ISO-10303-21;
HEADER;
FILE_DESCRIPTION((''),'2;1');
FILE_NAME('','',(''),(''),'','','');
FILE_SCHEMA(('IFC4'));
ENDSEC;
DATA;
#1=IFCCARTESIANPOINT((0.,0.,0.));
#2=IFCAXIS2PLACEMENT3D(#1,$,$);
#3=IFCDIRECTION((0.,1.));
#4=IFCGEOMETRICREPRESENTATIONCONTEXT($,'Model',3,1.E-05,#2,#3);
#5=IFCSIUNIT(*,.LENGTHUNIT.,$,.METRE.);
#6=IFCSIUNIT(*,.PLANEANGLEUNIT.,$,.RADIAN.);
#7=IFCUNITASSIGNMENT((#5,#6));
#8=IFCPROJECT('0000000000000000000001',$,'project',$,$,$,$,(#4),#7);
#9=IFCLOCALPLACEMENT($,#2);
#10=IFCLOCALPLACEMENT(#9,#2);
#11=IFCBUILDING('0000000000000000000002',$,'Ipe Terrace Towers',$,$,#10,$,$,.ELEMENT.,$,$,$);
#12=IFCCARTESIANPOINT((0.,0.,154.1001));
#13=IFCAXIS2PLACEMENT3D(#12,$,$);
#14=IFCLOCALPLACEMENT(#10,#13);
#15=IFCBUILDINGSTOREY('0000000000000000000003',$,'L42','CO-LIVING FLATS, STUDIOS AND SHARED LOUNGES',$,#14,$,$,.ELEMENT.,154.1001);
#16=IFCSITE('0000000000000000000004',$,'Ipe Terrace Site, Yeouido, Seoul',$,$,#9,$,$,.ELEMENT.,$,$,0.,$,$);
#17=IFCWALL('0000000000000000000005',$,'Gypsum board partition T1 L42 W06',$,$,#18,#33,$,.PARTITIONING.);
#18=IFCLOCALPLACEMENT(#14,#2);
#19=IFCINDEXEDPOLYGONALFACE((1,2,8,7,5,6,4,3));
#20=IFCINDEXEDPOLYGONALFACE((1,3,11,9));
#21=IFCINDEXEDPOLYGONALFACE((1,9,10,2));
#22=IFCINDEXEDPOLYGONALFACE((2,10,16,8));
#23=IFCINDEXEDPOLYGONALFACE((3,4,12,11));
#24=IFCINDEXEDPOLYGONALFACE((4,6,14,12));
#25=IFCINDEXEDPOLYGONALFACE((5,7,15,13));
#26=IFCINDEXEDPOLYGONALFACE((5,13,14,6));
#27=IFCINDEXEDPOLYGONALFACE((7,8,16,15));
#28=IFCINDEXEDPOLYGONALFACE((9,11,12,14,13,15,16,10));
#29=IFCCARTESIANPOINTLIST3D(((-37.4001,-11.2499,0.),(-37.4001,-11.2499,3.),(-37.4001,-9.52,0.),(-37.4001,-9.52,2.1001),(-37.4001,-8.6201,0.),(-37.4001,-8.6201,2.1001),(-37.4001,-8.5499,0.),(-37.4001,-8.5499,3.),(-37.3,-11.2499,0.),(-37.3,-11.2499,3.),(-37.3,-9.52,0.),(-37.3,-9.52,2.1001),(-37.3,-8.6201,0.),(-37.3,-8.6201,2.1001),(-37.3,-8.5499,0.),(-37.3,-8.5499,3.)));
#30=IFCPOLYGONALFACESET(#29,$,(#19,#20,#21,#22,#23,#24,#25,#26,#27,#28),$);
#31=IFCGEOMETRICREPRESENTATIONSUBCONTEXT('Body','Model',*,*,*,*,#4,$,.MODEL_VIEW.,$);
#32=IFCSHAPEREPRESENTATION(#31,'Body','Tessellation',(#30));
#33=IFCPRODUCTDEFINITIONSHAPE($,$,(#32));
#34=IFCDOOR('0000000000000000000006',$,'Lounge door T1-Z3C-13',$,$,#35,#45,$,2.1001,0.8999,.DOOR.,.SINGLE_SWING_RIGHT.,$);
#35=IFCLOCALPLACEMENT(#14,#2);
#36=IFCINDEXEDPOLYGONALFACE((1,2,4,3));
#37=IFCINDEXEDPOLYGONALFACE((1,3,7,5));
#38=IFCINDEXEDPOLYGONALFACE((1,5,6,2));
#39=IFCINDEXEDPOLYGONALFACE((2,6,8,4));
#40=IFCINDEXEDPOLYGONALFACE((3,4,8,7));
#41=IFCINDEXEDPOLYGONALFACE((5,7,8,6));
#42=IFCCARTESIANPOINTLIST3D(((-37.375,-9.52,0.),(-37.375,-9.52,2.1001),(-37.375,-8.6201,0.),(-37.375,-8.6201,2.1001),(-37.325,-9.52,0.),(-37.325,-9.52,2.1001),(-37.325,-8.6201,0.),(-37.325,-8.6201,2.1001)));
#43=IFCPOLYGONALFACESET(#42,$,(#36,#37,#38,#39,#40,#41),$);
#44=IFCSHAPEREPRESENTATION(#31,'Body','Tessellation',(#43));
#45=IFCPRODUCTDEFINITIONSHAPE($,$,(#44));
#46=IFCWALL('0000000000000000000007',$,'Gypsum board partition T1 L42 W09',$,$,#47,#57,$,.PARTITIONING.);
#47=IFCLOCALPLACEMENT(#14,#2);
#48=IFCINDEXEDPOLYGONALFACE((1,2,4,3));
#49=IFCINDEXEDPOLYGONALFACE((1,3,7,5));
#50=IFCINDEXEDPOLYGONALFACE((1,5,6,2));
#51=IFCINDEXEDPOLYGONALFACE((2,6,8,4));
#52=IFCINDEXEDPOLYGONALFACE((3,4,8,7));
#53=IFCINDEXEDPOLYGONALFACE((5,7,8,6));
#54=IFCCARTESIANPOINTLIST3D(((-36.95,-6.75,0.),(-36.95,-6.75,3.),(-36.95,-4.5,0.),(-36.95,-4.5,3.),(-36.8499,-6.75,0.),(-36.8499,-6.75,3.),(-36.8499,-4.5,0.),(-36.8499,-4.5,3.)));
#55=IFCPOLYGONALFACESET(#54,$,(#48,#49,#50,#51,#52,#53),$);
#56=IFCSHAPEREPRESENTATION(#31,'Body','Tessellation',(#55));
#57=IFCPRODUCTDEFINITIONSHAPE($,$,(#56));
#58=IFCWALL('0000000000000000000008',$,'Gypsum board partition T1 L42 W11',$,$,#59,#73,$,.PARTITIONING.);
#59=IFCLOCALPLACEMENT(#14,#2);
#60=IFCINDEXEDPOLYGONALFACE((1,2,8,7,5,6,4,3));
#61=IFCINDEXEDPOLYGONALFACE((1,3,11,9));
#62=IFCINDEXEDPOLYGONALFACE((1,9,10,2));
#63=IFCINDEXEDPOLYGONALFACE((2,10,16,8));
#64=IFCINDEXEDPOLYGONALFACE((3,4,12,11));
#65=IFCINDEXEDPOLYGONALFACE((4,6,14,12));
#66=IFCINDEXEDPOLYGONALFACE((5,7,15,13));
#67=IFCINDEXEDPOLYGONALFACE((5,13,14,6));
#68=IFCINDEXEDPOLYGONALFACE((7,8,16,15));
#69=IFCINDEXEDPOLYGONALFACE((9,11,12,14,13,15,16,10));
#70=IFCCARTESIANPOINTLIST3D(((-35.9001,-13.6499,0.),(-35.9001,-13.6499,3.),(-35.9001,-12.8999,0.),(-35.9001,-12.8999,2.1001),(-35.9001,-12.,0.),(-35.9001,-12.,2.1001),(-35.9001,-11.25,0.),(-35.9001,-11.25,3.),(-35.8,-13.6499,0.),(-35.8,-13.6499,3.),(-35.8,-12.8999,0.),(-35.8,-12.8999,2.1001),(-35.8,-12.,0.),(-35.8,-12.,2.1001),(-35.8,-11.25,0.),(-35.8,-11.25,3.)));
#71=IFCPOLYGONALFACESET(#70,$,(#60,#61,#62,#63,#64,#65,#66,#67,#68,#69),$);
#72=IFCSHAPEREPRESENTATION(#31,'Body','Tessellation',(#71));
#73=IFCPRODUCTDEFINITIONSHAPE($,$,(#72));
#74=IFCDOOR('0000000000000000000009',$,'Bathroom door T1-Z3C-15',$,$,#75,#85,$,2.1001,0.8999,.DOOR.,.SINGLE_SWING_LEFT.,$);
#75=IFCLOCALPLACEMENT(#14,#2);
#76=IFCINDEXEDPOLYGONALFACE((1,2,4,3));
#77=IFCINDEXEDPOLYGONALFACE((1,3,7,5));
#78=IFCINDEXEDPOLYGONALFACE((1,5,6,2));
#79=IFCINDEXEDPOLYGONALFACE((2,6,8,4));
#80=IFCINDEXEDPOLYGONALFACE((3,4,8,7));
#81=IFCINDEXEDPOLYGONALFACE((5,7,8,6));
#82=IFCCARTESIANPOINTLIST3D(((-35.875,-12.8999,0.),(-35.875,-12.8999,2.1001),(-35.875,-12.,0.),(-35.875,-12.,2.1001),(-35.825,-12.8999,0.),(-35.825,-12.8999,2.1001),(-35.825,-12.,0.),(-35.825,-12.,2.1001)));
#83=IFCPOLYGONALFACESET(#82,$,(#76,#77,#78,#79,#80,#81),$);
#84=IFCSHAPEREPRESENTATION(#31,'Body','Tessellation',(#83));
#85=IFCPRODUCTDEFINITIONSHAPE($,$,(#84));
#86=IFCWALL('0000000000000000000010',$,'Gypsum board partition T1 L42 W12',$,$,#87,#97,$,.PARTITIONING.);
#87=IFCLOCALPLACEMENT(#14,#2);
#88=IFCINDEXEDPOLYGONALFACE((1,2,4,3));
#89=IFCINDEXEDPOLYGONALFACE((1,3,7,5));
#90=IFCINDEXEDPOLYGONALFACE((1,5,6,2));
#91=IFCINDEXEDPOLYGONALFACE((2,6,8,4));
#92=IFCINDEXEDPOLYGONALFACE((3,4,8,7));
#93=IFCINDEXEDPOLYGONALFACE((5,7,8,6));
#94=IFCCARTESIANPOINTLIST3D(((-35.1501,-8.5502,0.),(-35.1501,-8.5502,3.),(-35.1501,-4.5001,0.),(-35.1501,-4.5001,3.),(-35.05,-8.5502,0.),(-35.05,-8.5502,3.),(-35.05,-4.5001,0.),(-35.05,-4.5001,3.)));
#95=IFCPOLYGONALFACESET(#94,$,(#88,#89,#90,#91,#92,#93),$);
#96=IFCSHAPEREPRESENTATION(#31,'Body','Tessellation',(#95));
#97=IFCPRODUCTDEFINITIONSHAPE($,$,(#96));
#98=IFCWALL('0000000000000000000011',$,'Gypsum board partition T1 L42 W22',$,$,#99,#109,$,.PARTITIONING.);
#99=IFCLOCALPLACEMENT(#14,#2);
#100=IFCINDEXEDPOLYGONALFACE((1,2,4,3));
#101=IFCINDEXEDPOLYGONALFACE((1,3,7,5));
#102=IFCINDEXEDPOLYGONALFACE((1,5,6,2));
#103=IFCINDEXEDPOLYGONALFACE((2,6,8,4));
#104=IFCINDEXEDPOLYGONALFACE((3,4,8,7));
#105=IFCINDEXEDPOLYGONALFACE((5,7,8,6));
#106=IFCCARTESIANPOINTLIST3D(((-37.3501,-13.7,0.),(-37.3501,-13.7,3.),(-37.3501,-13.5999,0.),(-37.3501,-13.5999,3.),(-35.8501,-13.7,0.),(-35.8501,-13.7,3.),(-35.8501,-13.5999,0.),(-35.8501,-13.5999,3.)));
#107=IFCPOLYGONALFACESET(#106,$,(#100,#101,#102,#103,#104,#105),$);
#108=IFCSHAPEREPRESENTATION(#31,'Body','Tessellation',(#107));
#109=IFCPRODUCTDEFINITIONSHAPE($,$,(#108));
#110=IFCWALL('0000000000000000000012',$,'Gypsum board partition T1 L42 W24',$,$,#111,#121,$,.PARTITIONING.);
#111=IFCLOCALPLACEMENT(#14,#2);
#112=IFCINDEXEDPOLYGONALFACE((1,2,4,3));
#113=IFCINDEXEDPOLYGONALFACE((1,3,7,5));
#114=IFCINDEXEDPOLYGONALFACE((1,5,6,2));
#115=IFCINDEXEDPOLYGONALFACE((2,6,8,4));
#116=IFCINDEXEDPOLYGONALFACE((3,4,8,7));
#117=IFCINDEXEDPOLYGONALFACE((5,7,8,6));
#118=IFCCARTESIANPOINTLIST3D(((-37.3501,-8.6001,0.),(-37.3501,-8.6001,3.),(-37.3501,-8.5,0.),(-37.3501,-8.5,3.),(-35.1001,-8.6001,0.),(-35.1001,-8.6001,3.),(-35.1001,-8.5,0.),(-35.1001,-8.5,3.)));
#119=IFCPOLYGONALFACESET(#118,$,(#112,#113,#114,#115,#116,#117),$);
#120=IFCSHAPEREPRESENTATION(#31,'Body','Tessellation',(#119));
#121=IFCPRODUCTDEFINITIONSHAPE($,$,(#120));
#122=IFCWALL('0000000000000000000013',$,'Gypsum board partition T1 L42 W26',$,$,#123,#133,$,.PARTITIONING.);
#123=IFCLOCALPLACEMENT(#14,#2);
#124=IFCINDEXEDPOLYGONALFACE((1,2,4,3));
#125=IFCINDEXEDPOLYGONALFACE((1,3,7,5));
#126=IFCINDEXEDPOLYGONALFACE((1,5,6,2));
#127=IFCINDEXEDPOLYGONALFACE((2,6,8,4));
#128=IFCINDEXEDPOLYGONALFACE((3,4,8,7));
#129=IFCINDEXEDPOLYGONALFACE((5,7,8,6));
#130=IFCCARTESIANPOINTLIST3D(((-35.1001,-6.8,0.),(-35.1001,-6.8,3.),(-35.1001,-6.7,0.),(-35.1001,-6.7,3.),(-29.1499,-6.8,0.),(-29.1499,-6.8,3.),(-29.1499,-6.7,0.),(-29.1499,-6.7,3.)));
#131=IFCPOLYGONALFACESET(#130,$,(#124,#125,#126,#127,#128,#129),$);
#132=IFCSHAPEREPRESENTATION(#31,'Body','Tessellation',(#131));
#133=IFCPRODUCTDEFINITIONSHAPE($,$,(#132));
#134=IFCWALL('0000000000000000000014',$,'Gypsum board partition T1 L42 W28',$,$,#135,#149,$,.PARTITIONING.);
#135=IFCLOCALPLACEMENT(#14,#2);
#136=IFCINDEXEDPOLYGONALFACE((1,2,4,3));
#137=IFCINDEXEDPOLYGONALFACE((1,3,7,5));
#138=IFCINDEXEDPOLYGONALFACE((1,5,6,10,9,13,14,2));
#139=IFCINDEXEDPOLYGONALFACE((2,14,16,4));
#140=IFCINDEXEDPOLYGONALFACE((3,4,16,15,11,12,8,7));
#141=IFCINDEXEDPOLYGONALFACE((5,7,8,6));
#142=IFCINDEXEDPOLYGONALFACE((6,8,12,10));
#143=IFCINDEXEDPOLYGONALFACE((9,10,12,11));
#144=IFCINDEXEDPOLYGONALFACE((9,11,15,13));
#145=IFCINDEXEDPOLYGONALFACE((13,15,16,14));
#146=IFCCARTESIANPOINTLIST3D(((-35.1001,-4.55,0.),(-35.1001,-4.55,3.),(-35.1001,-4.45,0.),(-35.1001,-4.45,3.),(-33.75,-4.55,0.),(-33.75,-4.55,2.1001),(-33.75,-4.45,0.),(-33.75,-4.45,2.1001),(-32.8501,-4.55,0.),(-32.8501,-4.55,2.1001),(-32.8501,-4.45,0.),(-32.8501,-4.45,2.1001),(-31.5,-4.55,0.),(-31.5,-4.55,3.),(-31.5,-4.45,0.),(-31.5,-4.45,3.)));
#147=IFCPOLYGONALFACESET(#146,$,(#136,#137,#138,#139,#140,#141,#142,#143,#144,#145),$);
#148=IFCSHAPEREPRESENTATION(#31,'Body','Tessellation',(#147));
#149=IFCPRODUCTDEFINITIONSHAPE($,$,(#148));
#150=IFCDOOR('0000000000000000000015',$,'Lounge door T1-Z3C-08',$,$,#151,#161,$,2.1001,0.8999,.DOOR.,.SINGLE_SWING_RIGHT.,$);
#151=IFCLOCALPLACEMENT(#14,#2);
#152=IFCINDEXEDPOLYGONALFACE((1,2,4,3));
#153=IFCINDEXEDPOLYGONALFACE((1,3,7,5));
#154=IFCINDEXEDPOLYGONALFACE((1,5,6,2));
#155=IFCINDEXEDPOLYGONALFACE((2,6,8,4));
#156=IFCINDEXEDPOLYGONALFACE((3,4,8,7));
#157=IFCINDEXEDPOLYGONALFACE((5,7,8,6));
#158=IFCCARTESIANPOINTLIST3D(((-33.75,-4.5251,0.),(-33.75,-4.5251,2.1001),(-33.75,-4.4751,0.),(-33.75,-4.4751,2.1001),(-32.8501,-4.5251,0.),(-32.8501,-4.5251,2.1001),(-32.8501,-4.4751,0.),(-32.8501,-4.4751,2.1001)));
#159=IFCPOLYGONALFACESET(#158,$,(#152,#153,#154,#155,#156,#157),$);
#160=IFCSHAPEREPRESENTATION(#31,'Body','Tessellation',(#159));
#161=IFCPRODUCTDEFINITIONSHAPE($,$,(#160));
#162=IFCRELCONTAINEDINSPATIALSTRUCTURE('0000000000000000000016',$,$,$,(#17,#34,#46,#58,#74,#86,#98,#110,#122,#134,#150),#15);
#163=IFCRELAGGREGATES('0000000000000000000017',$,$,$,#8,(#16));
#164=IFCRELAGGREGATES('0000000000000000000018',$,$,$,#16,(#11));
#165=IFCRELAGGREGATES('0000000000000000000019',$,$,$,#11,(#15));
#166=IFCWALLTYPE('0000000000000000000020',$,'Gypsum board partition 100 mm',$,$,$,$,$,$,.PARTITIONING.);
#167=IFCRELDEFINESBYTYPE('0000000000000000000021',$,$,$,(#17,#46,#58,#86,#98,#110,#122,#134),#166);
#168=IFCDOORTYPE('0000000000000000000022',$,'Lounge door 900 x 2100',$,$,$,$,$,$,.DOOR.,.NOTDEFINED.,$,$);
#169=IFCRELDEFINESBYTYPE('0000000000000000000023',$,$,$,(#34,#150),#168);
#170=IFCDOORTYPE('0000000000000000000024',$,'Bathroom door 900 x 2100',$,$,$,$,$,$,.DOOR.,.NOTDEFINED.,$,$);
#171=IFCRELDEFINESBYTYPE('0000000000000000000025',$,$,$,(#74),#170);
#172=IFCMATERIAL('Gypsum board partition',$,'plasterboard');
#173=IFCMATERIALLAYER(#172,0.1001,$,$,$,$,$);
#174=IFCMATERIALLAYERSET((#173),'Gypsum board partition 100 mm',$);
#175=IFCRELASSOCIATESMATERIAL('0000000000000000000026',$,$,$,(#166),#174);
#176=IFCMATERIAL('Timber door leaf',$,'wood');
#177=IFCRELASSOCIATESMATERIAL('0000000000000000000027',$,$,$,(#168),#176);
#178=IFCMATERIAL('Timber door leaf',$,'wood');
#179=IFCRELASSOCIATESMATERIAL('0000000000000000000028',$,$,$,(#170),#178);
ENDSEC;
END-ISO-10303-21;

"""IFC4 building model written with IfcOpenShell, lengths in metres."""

from ifc_helpers import new_model, si_unit, direction, frame, frame_2d, origin, place, context, subcontext, project, spatial, rectangle, extrude, material, layer, layer_set, type_object, element, fill, save


model = new_model("IFC4")

# Units and contexts
model_context = context("Model", 3, precision=1e-05, world=origin(), true_north=direction((0.0, 1.0)))
body_context = subcontext(model_context, "Body", "Model", "MODEL_VIEW")
ifc_project = project(units=[si_unit("LENGTHUNIT", "METRE"), si_unit("PLANEANGLEUNIT", "RADIAN")], contexts=[model_context])

# Site, building, storey
site_placement = place(None, origin())
site = spatial("IfcSite", under=ifc_project, at=site_placement, Name="Ipe Terrace Site, Yeouido, Seoul", CompositionType="ELEMENT", RefElevation=0.0)
building_placement = place(site_placement, origin())
building = spatial("IfcBuilding", under=site, at=building_placement, Name="Ipe Terrace Towers", CompositionType="ELEMENT")
storey_placement = place(building_placement, frame((0.0, 0.0, 154.1001)))
storey = spatial("IfcBuildingStorey", under=building, at=storey_placement, Name="L42", Description="CO-LIVING FLATS, STUDIOS AND SHARED LOUNGES", CompositionType="ELEMENT", Elevation=154.1001)

# Shared definitions
ifc_material_1 = material(Name="Gypsum board partition", Category="plasterboard")
ifc_layer_1 = layer(ifc_material_1, 0.1001)
ifc_layer_set_1 = layer_set([ifc_layer_1], Name="Gypsum board partition 100 mm")
wall_type_1 = type_object("IfcWallType", Name="Gypsum board partition 100 mm", PredefinedType="PARTITIONING", material=ifc_layer_set_1)
ifc_material_2 = material(Name="Timber door leaf", Category="wood")
door_type_1 = type_object("IfcDoorType", Name="Lounge door 900 x 2100", OperationType="NOTDEFINED", PredefinedType="DOOR", material=ifc_material_2)

# Wall, opening, door
wall_1_placement = place(storey_placement, frame((-37.3501, -11.25, 0.0), z_axis=(0.0, 0.0, 1.0), x_axis=(0.0, 1.0, 0.0)))
wall_1 = element("IfcWall", 1, at=wall_1_placement, inside=storey, type_object=wall_type_1, Name="Gypsum board partition T1 L42 W06", PredefinedType="PARTITIONING", context=body_context, shape_type="SweptSolid", body=[
    extrude(rectangle(XDim=2.7, YDim=0.1001, at=frame_2d((1.3501, 0.0))), origin(), (0.0, 0.0, 1.0), 3.0),
])
opening_1_placement = place(wall_1_placement, frame((1.73, 0.0, 0.0)))
opening_1 = element("IfcOpeningElement", 2, at=opening_1_placement, cuts=wall_1, PredefinedType="OPENING", context=body_context, shape_type="SweptSolid", body=[
    extrude(rectangle(XDim=0.8999, YDim=2.1001, at=frame_2d((0.45, 1.05))), frame((0.0, 0.0601, 0.0), z_axis=(0.0, -1.0, 0.0), x_axis=(1.0, 0.0, 0.0)), (0.0, 0.0, 1.0), 0.1201),
])
door_1_placement = place(opening_1_placement, origin())
door_1 = element("IfcDoor", 3, at=door_1_placement, inside=storey, type_object=door_type_1, Name="Lounge door T1-Z3C-13", OperationType="SINGLE_SWING_RIGHT", OverallHeight=2.1001, OverallWidth=0.8999, PredefinedType="DOOR", context=body_context, shape_type="SweptSolid", body=[
    extrude(rectangle(XDim=0.8999, YDim=2.1001, at=frame_2d((0.45, 1.05))), frame((0.0, 0.0249, 0.0), z_axis=(0.0, -1.0, 0.0), x_axis=(1.0, 0.0, 0.0)), (0.0, 0.0, 1.0), 0.05),
])
fill(opening_1, door_1)

# Wall
wall_2_placement = place(storey_placement, frame((-36.8999, -6.75, 0.0), z_axis=(0.0, 0.0, 1.0), x_axis=(0.0, 1.0, 0.0)))
element("IfcWall", 4, at=wall_2_placement, inside=storey, type_object=wall_type_1, Name="Gypsum board partition T1 L42 W09", PredefinedType="PARTITIONING", context=body_context, shape_type="SweptSolid", body=[
    extrude(rectangle(XDim=2.25, YDim=0.1001, at=frame_2d((1.125, 0.0))), origin(), (0.0, 0.0, 1.0), 3.0),
])

# Wall, opening, door
wall_3_placement = place(storey_placement, frame((-35.8501, -13.6499, 0.0), z_axis=(0.0, 0.0, 1.0), x_axis=(0.0, 1.0, 0.0)))
wall_3 = element("IfcWall", 5, at=wall_3_placement, inside=storey, type_object=wall_type_1, Name="Gypsum board partition T1 L42 W11", PredefinedType="PARTITIONING", context=body_context, shape_type="SweptSolid", body=[
    extrude(rectangle(XDim=2.3999, YDim=0.1001, at=frame_2d((1.2, 0.0))), origin(), (0.0, 0.0, 1.0), 3.0),
])
opening_2_placement = place(wall_3_placement, frame((0.75, 0.0, 0.0)))
opening_2 = element("IfcOpeningElement", 6, at=opening_2_placement, cuts=wall_3, PredefinedType="OPENING", context=body_context, shape_type="SweptSolid", body=[
    extrude(rectangle(XDim=0.8999, YDim=2.1001, at=frame_2d((0.45, 1.05))), frame((0.0, 0.0601, 0.0), z_axis=(0.0, -1.0, 0.0), x_axis=(1.0, 0.0, 0.0)), (0.0, 0.0, 1.0), 0.1201),
])
ifc_material_3 = material(Name="Timber door leaf", Category="wood")
door_type_2 = type_object("IfcDoorType", Name="Bathroom door 900 x 2100", OperationType="NOTDEFINED", PredefinedType="DOOR", material=ifc_material_3)
door_2_placement = place(opening_2_placement, origin())
door_2 = element("IfcDoor", 7, at=door_2_placement, inside=storey, type_object=door_type_2, Name="Bathroom door T1-Z3C-15", OperationType="SINGLE_SWING_LEFT", OverallHeight=2.1001, OverallWidth=0.8999, PredefinedType="DOOR", context=body_context, shape_type="SweptSolid", body=[
    extrude(rectangle(XDim=0.8999, YDim=2.1001, at=frame_2d((0.45, 1.05))), frame((0.0, 0.0249, 0.0), z_axis=(0.0, -1.0, 0.0), x_axis=(1.0, 0.0, 0.0)), (0.0, 0.0, 1.0), 0.05),
])
fill(opening_2, door_2)

# Walls
wall_4_placement = place(storey_placement, frame((-35.1001, -8.55, 0.0), z_axis=(0.0, 0.0, 1.0), x_axis=(0.0, 1.0, 0.0)))
element("IfcWall", 8, at=wall_4_placement, inside=storey, type_object=wall_type_1, Name="Gypsum board partition T1 L42 W12", PredefinedType="PARTITIONING", context=body_context, shape_type="SweptSolid", body=[
    extrude(rectangle(XDim=4.05, YDim=0.1001, at=frame_2d((2.0249, 0.0))), origin(), (0.0, 0.0, 1.0), 3.0),
])
wall_5_placement = place(storey_placement, frame((-37.3501, -13.6499, 0.0), z_axis=(0.0, 0.0, 1.0), x_axis=(1.0, 0.0, 0.0)))
element("IfcWall", 9, at=wall_5_placement, inside=storey, type_object=wall_type_1, Name="Gypsum board partition T1 L42 W22", PredefinedType="PARTITIONING", context=body_context, shape_type="SweptSolid", body=[
    extrude(rectangle(XDim=1.5, YDim=0.1001, at=frame_2d((0.75, 0.0))), origin(), (0.0, 0.0, 1.0), 3.0),
])
wall_6_placement = place(storey_placement, frame((-37.3501, -8.55, 0.0), z_axis=(0.0, 0.0, 1.0), x_axis=(1.0, 0.0, 0.0)))
element("IfcWall", 10, at=wall_6_placement, inside=storey, type_object=wall_type_1, Name="Gypsum board partition T1 L42 W24", PredefinedType="PARTITIONING", context=body_context, shape_type="SweptSolid", body=[
    extrude(rectangle(XDim=2.25, YDim=0.1001, at=frame_2d((1.125, 0.0))), origin(), (0.0, 0.0, 1.0), 3.0),
])
wall_7_placement = place(storey_placement, frame((-35.1001, -6.75, 0.0), z_axis=(0.0, 0.0, 1.0), x_axis=(1.0, 0.0, 0.0)))
element("IfcWall", 11, at=wall_7_placement, inside=storey, type_object=wall_type_1, Name="Gypsum board partition T1 L42 W26", PredefinedType="PARTITIONING", context=body_context, shape_type="SweptSolid", body=[
    extrude(rectangle(XDim=5.9502, YDim=0.1001, at=frame_2d((2.9751, 0.0))), origin(), (0.0, 0.0, 1.0), 3.0),
])

# Wall, opening, door
wall_8_placement = place(storey_placement, frame((-35.1001, -4.5, 0.0), z_axis=(0.0, 0.0, 1.0), x_axis=(1.0, 0.0, 0.0)))
wall_8 = element("IfcWall", 12, at=wall_8_placement, inside=storey, type_object=wall_type_1, Name="Gypsum board partition T1 L42 W28", PredefinedType="PARTITIONING", context=body_context, shape_type="SweptSolid", body=[
    extrude(rectangle(XDim=3.6001, YDim=0.1001, at=frame_2d((1.8, 0.0))), origin(), (0.0, 0.0, 1.0), 3.0),
])
opening_3_placement = place(wall_8_placement, frame((1.3501, 0.0, 0.0)))
opening_3 = element("IfcOpeningElement", 13, at=opening_3_placement, cuts=wall_8, PredefinedType="OPENING", context=body_context, shape_type="SweptSolid", body=[
    extrude(rectangle(XDim=0.8999, YDim=2.1001, at=frame_2d((0.45, 1.05))), frame((0.0, 0.0601, 0.0), z_axis=(0.0, -1.0, 0.0), x_axis=(1.0, 0.0, 0.0)), (0.0, 0.0, 1.0), 0.1201),
])
door_3_placement = place(opening_3_placement, origin())
door_3 = element("IfcDoor", 14, at=door_3_placement, inside=storey, type_object=door_type_1, Name="Lounge door T1-Z3C-08", OperationType="SINGLE_SWING_RIGHT", OverallHeight=2.1001, OverallWidth=0.8999, PredefinedType="DOOR", context=body_context, shape_type="SweptSolid", body=[
    extrude(rectangle(XDim=0.8999, YDim=2.1001, at=frame_2d((0.45, 1.05))), frame((0.0, 0.0249, 0.0), z_axis=(0.0, -1.0, 0.0), x_axis=(1.0, 0.0, 0.0)), (0.0, 0.0, 1.0), 0.05),
])
fill(opening_3, door_3)

save(model, "model.ifc")
